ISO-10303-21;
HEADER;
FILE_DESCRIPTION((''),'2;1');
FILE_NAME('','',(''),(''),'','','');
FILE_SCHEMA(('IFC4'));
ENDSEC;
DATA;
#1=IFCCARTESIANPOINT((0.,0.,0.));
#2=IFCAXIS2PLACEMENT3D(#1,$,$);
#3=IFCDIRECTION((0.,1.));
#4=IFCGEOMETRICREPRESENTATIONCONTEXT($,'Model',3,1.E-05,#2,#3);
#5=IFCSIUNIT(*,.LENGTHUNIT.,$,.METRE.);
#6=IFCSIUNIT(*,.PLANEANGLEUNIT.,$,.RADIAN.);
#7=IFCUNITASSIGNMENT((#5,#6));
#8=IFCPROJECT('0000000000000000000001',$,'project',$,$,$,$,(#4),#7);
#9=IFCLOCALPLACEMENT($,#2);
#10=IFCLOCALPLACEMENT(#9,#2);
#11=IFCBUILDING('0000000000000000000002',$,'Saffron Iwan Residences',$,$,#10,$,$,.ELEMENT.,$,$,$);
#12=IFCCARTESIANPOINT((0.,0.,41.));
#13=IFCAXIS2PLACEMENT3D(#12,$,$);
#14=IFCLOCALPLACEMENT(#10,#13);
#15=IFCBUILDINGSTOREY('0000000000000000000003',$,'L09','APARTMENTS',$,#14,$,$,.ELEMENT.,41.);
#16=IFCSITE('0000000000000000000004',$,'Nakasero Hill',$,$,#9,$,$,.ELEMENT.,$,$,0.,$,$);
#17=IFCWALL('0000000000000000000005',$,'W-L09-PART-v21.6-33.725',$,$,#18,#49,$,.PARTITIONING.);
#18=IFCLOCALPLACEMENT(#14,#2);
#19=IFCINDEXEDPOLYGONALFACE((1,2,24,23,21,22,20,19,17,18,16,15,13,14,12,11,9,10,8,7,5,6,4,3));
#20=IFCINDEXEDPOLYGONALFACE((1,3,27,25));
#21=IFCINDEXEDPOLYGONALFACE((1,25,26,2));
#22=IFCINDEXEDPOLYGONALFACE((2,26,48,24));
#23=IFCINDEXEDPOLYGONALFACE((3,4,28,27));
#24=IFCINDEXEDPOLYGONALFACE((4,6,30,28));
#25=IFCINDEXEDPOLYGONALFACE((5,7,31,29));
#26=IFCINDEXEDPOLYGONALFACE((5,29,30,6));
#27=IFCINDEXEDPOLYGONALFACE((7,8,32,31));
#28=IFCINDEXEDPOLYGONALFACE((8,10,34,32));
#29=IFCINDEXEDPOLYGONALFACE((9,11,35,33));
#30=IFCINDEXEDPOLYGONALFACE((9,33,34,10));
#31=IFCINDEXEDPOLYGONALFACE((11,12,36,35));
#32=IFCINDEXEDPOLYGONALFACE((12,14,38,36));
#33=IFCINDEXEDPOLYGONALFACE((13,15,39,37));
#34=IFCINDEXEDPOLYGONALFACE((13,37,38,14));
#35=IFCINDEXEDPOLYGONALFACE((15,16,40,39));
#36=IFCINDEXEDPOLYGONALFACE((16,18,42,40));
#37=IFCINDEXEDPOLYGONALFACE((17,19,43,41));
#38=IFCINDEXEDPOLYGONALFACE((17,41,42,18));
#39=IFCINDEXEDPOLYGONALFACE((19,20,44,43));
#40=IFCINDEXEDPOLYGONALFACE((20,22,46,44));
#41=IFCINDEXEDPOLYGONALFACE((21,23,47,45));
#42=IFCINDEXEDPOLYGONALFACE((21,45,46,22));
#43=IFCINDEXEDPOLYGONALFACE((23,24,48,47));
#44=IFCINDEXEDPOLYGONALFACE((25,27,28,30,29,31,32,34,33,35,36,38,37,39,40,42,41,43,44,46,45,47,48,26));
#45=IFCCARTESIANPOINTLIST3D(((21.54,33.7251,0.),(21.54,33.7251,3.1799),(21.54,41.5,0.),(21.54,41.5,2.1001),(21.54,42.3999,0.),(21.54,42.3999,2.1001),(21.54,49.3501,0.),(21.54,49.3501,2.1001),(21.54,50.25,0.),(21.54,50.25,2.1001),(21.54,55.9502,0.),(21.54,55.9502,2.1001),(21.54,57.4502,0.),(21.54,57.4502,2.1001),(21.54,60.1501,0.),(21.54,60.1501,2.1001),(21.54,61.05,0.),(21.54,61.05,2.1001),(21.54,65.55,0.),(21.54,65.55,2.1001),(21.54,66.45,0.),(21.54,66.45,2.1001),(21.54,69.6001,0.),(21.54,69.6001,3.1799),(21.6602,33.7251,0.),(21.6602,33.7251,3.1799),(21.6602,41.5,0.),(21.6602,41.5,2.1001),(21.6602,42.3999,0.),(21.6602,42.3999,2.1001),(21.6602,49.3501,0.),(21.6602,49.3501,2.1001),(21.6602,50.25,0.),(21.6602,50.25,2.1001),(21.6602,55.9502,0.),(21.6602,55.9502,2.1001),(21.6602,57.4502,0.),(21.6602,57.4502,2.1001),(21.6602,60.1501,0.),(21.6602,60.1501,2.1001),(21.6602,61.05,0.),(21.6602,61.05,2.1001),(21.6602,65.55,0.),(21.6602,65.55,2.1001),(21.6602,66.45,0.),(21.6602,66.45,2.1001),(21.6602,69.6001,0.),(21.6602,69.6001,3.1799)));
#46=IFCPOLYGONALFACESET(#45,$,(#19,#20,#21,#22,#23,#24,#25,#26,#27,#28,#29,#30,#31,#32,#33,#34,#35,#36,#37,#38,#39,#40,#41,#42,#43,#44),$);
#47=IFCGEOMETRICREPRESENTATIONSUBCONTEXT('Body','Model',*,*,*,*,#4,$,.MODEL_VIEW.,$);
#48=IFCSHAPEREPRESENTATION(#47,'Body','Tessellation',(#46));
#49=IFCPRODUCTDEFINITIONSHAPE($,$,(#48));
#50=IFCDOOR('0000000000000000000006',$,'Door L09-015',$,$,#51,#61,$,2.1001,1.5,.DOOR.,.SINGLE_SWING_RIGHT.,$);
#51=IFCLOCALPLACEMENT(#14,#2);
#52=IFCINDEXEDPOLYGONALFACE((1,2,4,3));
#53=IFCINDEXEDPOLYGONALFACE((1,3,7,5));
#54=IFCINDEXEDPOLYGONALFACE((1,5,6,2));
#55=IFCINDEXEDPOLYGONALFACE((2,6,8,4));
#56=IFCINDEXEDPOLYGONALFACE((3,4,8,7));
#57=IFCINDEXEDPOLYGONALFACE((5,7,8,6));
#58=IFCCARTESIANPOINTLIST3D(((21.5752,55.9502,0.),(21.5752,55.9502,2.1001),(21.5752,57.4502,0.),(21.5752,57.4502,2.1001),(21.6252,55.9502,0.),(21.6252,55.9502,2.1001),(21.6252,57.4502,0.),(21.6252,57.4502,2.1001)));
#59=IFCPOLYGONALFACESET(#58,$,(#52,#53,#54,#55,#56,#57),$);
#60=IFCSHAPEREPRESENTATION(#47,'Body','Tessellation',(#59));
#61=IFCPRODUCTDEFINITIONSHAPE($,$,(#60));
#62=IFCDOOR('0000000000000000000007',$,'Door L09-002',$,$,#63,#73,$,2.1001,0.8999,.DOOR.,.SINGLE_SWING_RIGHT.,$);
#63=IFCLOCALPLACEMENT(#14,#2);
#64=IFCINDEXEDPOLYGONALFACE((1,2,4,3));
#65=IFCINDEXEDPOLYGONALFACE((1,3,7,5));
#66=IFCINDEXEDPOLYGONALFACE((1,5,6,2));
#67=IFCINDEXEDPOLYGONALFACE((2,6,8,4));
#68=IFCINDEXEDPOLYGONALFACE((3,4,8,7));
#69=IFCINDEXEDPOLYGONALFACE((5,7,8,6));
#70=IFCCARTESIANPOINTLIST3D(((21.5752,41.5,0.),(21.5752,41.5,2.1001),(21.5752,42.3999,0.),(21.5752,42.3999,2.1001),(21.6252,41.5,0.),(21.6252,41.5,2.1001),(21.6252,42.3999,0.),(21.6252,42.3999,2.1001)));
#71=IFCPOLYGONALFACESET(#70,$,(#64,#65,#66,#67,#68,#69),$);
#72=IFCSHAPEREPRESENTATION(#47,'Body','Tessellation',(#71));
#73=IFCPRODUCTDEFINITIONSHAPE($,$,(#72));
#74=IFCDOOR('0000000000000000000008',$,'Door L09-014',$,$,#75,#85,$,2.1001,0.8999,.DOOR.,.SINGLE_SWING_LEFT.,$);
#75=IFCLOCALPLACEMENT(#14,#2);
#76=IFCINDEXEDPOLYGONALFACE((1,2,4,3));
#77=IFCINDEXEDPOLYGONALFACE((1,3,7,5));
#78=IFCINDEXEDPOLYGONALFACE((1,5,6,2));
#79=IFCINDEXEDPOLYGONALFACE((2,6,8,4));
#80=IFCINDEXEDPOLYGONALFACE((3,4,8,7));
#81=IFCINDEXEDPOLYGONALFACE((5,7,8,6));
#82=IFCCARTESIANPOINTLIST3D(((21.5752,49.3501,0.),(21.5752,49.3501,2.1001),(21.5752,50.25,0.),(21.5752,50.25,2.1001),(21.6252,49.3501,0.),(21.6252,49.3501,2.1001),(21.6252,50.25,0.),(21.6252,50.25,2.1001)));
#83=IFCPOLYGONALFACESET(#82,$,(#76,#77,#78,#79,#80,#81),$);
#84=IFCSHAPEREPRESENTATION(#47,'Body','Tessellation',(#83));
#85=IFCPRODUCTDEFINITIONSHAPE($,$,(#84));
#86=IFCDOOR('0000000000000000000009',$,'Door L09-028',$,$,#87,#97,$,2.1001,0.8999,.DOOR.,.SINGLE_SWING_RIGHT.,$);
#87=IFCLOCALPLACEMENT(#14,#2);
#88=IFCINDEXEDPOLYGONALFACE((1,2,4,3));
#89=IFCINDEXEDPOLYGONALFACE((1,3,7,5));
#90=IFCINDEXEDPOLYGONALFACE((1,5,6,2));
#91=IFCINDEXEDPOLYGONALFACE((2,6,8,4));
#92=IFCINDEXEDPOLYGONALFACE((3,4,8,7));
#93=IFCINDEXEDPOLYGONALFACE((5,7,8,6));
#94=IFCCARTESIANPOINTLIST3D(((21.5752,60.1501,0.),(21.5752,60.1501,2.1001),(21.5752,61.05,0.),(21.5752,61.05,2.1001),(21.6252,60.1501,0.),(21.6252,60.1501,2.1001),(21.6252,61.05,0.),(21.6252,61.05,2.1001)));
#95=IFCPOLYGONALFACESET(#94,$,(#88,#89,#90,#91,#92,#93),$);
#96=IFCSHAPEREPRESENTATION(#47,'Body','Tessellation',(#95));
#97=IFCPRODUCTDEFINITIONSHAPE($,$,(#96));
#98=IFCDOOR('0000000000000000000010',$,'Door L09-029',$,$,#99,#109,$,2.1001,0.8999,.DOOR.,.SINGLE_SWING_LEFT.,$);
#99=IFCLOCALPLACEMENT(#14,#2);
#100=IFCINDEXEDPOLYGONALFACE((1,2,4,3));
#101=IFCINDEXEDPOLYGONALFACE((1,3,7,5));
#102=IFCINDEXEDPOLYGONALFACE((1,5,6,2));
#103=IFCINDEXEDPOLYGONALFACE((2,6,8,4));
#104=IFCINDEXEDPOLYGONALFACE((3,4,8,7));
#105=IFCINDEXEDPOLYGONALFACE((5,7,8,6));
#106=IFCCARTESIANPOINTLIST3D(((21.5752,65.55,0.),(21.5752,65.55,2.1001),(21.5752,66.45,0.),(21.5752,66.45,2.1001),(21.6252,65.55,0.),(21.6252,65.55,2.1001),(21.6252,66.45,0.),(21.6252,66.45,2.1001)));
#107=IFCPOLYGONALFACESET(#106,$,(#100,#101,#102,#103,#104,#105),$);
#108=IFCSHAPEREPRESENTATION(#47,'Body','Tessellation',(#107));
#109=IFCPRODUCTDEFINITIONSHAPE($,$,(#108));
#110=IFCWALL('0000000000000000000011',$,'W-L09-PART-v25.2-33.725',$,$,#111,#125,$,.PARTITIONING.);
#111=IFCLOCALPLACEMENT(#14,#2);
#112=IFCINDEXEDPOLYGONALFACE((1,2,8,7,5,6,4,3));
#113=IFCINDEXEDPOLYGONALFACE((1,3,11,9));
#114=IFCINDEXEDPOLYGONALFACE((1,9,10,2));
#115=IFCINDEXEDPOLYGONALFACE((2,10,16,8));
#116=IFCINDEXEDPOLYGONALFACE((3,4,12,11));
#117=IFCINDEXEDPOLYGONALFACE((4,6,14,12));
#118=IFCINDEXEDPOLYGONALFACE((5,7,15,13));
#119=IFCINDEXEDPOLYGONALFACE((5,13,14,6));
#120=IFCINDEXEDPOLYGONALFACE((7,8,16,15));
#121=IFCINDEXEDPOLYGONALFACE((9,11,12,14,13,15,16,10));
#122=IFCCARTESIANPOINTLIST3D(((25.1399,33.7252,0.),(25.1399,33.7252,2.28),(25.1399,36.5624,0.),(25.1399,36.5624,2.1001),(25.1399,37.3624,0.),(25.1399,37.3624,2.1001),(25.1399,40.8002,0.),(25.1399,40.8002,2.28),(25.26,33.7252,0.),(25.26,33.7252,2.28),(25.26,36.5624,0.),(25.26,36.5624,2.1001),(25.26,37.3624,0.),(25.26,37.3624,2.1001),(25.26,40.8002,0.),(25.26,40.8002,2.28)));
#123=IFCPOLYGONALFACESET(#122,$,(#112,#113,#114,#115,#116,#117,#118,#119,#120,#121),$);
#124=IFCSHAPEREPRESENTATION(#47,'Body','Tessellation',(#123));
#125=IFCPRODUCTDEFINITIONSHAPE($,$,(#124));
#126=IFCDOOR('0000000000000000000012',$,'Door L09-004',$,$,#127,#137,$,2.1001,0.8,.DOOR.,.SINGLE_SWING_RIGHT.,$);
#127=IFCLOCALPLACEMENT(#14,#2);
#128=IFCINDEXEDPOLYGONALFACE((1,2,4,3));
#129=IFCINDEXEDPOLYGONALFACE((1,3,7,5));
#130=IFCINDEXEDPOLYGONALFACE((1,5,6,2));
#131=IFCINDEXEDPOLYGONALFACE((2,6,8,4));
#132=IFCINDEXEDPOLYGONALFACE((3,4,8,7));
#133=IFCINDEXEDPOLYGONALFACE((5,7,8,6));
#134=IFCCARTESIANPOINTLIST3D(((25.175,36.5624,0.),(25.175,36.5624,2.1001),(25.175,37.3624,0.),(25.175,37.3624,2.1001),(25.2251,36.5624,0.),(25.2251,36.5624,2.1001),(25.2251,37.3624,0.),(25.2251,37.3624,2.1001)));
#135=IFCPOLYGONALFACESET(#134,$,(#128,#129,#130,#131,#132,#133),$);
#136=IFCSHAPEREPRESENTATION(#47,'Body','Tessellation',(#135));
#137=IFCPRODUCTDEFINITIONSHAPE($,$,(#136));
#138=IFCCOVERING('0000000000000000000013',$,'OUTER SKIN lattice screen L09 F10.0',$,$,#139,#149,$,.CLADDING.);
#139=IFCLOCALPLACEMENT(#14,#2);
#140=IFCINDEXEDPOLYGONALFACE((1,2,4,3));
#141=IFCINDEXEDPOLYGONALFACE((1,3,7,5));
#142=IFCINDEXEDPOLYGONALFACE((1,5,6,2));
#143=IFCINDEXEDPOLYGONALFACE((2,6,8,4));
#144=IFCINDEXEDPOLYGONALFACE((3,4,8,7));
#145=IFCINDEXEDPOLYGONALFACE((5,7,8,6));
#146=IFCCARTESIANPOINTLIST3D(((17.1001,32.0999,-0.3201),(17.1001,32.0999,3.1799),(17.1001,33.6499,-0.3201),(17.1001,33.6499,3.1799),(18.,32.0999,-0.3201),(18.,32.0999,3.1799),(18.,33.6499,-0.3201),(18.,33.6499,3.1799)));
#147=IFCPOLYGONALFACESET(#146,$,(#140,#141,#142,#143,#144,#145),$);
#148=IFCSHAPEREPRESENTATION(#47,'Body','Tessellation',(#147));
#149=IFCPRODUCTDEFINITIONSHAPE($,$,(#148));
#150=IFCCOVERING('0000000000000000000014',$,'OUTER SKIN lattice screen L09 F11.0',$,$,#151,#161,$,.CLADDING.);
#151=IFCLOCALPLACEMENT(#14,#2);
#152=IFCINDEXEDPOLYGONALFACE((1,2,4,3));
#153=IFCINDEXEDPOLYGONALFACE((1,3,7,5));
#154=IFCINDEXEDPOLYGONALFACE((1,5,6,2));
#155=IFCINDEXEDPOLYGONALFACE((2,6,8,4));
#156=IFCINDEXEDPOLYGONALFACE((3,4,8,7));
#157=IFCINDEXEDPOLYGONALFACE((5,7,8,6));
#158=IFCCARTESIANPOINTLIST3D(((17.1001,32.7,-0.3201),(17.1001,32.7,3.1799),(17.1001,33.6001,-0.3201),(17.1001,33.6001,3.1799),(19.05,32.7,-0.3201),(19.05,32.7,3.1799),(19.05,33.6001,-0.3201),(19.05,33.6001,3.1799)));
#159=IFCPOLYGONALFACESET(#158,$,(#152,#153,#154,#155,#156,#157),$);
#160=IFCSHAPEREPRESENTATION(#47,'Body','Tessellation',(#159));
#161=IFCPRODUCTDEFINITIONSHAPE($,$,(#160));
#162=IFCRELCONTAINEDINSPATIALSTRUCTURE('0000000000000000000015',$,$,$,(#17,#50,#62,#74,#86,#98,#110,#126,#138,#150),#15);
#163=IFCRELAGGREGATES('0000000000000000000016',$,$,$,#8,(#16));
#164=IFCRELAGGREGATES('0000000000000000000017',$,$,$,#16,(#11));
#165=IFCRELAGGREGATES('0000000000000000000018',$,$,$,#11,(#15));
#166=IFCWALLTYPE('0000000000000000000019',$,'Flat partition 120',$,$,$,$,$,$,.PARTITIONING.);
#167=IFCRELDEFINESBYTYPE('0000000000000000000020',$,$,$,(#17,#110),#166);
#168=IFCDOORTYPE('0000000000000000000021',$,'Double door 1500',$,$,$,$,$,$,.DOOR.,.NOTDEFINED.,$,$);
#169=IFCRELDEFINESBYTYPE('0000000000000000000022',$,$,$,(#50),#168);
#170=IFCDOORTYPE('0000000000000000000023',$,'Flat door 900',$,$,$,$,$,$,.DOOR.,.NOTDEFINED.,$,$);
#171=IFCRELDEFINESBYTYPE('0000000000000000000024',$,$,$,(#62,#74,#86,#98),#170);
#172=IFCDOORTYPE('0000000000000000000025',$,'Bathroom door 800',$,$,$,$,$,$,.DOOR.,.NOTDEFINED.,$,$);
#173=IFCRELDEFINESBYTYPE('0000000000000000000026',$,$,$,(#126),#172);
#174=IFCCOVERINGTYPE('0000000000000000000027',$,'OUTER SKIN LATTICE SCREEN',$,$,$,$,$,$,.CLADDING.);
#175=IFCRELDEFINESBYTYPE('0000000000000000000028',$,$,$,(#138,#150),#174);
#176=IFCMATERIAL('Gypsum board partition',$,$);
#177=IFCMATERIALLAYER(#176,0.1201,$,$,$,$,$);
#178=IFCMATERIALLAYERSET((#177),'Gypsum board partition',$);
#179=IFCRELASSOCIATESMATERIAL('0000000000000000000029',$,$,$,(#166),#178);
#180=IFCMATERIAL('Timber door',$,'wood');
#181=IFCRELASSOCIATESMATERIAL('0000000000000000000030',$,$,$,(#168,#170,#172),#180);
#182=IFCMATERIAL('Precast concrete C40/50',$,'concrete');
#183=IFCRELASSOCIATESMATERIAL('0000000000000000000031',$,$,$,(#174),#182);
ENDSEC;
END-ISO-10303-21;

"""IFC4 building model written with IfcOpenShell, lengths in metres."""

from ifc_helpers import new_model, si_unit, direction, frame, frame_2d, origin, place, context, subcontext, project, spatial, polyline, rectangle, outline, extrude, material, layer, layer_set, type_object, element, fill, save


model = new_model("IFC4")

# Units and contexts
model_context = context("Model", 3, precision=1e-05, world=origin(), true_north=direction((0.0, 1.0)))
body_context = subcontext(model_context, "Body", "Model", "MODEL_VIEW")
ifc_project = project(units=[si_unit("LENGTHUNIT", "METRE"), si_unit("PLANEANGLEUNIT", "RADIAN")], contexts=[model_context])

# Site, building, storey
site_placement = place(None, origin())
site = spatial("IfcSite", under=ifc_project, at=site_placement, Name="Nakasero Hill", CompositionType="ELEMENT", RefElevation=0.0)
building_placement = place(site_placement, origin())
building = spatial("IfcBuilding", under=site, at=building_placement, Name="Saffron Iwan Residences", CompositionType="ELEMENT")
storey_placement = place(building_placement, frame((0.0, 0.0, 41.0)))
storey = spatial("IfcBuildingStorey", under=building, at=storey_placement, Name="L09", Description="APARTMENTS", CompositionType="ELEMENT", Elevation=41.0)

# Wall, openings, doors
ifc_material_1 = material(Name="Gypsum board partition")
ifc_layer_1 = layer(ifc_material_1, 0.1201)
ifc_layer_set_1 = layer_set([ifc_layer_1], Name="Gypsum board partition")
wall_type_1 = type_object("IfcWallType", Name="Flat partition 120", PredefinedType="PARTITIONING", material=ifc_layer_set_1)
wall_1_placement = place(storey_placement, frame((21.6001, 33.7251, 0.0), z_axis=(0.0, 0.0, 1.0), x_axis=(0.0, 1.0, 0.0)))
wall_1 = element("IfcWall", 1, at=wall_1_placement, inside=storey, type_object=wall_type_1, Name="W-L09-PART-v21.6-33.725", PredefinedType="PARTITIONING", context=body_context, shape_type="SweptSolid", body=[
    extrude(rectangle(XDim=35.875, YDim=0.1201, at=frame_2d((17.9375, 0.0))), origin(), (0.0, 0.0, 1.0), 3.1799),
])
opening_1_placement = place(wall_1_placement, frame((7.7749, 0.0, 0.0)))
opening_1 = element("IfcOpeningElement", 2, at=opening_1_placement, cuts=wall_1, PredefinedType="OPENING", context=body_context, shape_type="SweptSolid", body=[
    extrude(rectangle(XDim=0.8999, YDim=2.1001, at=frame_2d((0.45, 1.05))), frame((0.0, 0.0701, 0.0), z_axis=(0.0, -1.0, 0.0), x_axis=(1.0, 0.0, 0.0)), (0.0, 0.0, 1.0), 0.1401),
])
opening_2_placement = place(wall_1_placement, frame((15.625, 0.0, 0.0)))
opening_2 = element("IfcOpeningElement", 3, at=opening_2_placement, cuts=wall_1, PredefinedType="OPENING", context=body_context, shape_type="SweptSolid", body=[
    extrude(rectangle(XDim=0.8999, YDim=2.1001, at=frame_2d((0.45, 1.05))), frame((0.0, 0.0701, 0.0), z_axis=(0.0, -1.0, 0.0), x_axis=(1.0, 0.0, 0.0)), (0.0, 0.0, 1.0), 0.1401),
])
opening_3_placement = place(wall_1_placement, frame((22.2251, 0.0, 0.0)))
opening_3 = element("IfcOpeningElement", 4, at=opening_3_placement, cuts=wall_1, PredefinedType="OPENING", context=body_context, shape_type="SweptSolid", body=[
    extrude(rectangle(XDim=1.5, YDim=2.1001, at=frame_2d((0.75, 1.05))), frame((0.0, 0.0701, 0.0), z_axis=(0.0, -1.0, 0.0), x_axis=(1.0, 0.0, 0.0)), (0.0, 0.0, 1.0), 0.1401),
])
opening_4_placement = place(wall_1_placement, frame((26.425, 0.0, 0.0)))
opening_4 = element("IfcOpeningElement", 5, at=opening_4_placement, cuts=wall_1, PredefinedType="OPENING", context=body_context, shape_type="SweptSolid", body=[
    extrude(rectangle(XDim=0.8999, YDim=2.1001, at=frame_2d((0.45, 1.05))), frame((0.0, 0.0701, 0.0), z_axis=(0.0, -1.0, 0.0), x_axis=(1.0, 0.0, 0.0)), (0.0, 0.0, 1.0), 0.1401),
])
opening_5_placement = place(wall_1_placement, frame((31.825, 0.0, 0.0)))
opening_5 = element("IfcOpeningElement", 6, at=opening_5_placement, cuts=wall_1, PredefinedType="OPENING", context=body_context, shape_type="SweptSolid", body=[
    extrude(rectangle(XDim=0.8999, YDim=2.1001, at=frame_2d((0.45, 1.05))), frame((0.0, 0.0701, 0.0), z_axis=(0.0, -1.0, 0.0), x_axis=(1.0, 0.0, 0.0)), (0.0, 0.0, 1.0), 0.1401),
])
ifc_material_2 = material(Name="Timber door", Category="wood")
door_type_1 = type_object("IfcDoorType", Name="Double door 1500", OperationType="NOTDEFINED", PredefinedType="DOOR", material=ifc_material_2)
door_1_placement = place(opening_3_placement, origin())
door_1 = element("IfcDoor", 7, at=door_1_placement, inside=storey, type_object=door_type_1, Name="Door L09-015", OperationType="SINGLE_SWING_RIGHT", OverallHeight=2.1001, OverallWidth=1.5, PredefinedType="DOOR", context=body_context, shape_type="SweptSolid", body=[
    extrude(rectangle(XDim=1.5, YDim=2.1001, at=frame_2d((0.75, 1.05))), frame((0.0, 0.0249, 0.0), z_axis=(0.0, -1.0, 0.0), x_axis=(1.0, 0.0, 0.0)), (0.0, 0.0, 1.0), 0.05),
])
fill(opening_3, door_1)
door_type_2 = type_object("IfcDoorType", Name="Flat door 900", OperationType="NOTDEFINED", PredefinedType="DOOR", material=ifc_material_2)
door_2_placement = place(opening_1_placement, origin())
door_2 = element("IfcDoor", 8, at=door_2_placement, inside=storey, type_object=door_type_2, Name="Door L09-002", OperationType="SINGLE_SWING_RIGHT", OverallHeight=2.1001, OverallWidth=0.8999, PredefinedType="DOOR", context=body_context, shape_type="SweptSolid", body=[
    extrude(rectangle(XDim=0.8999, YDim=2.1001, at=frame_2d((0.45, 1.05))), frame((0.0, 0.0249, 0.0), z_axis=(0.0, -1.0, 0.0), x_axis=(1.0, 0.0, 0.0)), (0.0, 0.0, 1.0), 0.05),
])
fill(opening_1, door_2)
door_3_placement = place(opening_2_placement, origin())
door_3 = element("IfcDoor", 9, at=door_3_placement, inside=storey, type_object=door_type_2, Name="Door L09-014", OperationType="SINGLE_SWING_LEFT", OverallHeight=2.1001, OverallWidth=0.8999, PredefinedType="DOOR", context=body_context, shape_type="SweptSolid", body=[
    extrude(rectangle(XDim=0.8999, YDim=2.1001, at=frame_2d((0.45, 1.05))), frame((0.0, 0.0249, 0.0), z_axis=(0.0, -1.0, 0.0), x_axis=(1.0, 0.0, 0.0)), (0.0, 0.0, 1.0), 0.05),
])
fill(opening_2, door_3)
door_4_placement = place(opening_4_placement, origin())
door_4 = element("IfcDoor", 10, at=door_4_placement, inside=storey, type_object=door_type_2, Name="Door L09-028", OperationType="SINGLE_SWING_RIGHT", OverallHeight=2.1001, OverallWidth=0.8999, PredefinedType="DOOR", context=body_context, shape_type="SweptSolid", body=[
    extrude(rectangle(XDim=0.8999, YDim=2.1001, at=frame_2d((0.45, 1.05))), frame((0.0, 0.0249, 0.0), z_axis=(0.0, -1.0, 0.0), x_axis=(1.0, 0.0, 0.0)), (0.0, 0.0, 1.0), 0.05),
])
fill(opening_4, door_4)
door_5_placement = place(opening_5_placement, origin())
door_5 = element("IfcDoor", 11, at=door_5_placement, inside=storey, type_object=door_type_2, Name="Door L09-029", OperationType="SINGLE_SWING_LEFT", OverallHeight=2.1001, OverallWidth=0.8999, PredefinedType="DOOR", context=body_context, shape_type="SweptSolid", body=[
    extrude(rectangle(XDim=0.8999, YDim=2.1001, at=frame_2d((0.45, 1.05))), frame((0.0, 0.0249, 0.0), z_axis=(0.0, -1.0, 0.0), x_axis=(1.0, 0.0, 0.0)), (0.0, 0.0, 1.0), 0.05),
])
fill(opening_5, door_5)

# Wall, opening, door
wall_2_placement = place(storey_placement, frame((25.2, 33.7251, 0.0), z_axis=(0.0, 0.0, 1.0), x_axis=(0.0, 1.0, 0.0)))
wall_2 = element("IfcWall", 12, at=wall_2_placement, inside=storey, type_object=wall_type_1, Name="W-L09-PART-v25.2-33.725", PredefinedType="PARTITIONING", context=body_context, shape_type="SweptSolid", body=[
    extrude(rectangle(XDim=7.075, YDim=0.1201, at=frame_2d((3.5376, 0.0))), origin(), (0.0, 0.0, 1.0), 2.28),
])
opening_6_placement = place(wall_2_placement, frame((2.8374, 0.0, 0.0)))
opening_6 = element("IfcOpeningElement", 13, at=opening_6_placement, cuts=wall_2, PredefinedType="OPENING", context=body_context, shape_type="SweptSolid", body=[
    extrude(rectangle(XDim=0.8, YDim=2.1001, at=frame_2d((0.3999, 1.05))), frame((0.0, 0.0701, 0.0), z_axis=(0.0, -1.0, 0.0), x_axis=(1.0, 0.0, 0.0)), (0.0, 0.0, 1.0), 0.1401),
])
door_type_3 = type_object("IfcDoorType", Name="Bathroom door 800", OperationType="NOTDEFINED", PredefinedType="DOOR", material=ifc_material_2)
door_6_placement = place(opening_6_placement, origin())
door_6 = element("IfcDoor", 14, at=door_6_placement, inside=storey, type_object=door_type_3, Name="Door L09-004", OperationType="SINGLE_SWING_RIGHT", OverallHeight=2.1001, OverallWidth=0.8, PredefinedType="DOOR", context=body_context, shape_type="SweptSolid", body=[
    extrude(rectangle(XDim=0.8, YDim=2.1001, at=frame_2d((0.3999, 1.05))), frame((0.0, 0.0249, 0.0), z_axis=(0.0, -1.0, 0.0), x_axis=(1.0, 0.0, 0.0)), (0.0, 0.0, 1.0), 0.05),
])
fill(opening_6, door_6)

# Coverings
ifc_material_3 = material(Name="Precast concrete C40/50", Category="concrete")
covering_type_1 = type_object("IfcCoveringType", Name="OUTER SKIN LATTICE SCREEN", PredefinedType="CLADDING", material=ifc_material_3)
covering_1_placement = place(storey_placement, frame((18.0, 33.6499, -0.3201), z_axis=(-1.0, 0.0, 0.0), x_axis=(0.0, -1.0, 0.0)))
element("IfcCovering", 15, at=covering_1_placement, inside=storey, type_object=covering_type_1, Name="OUTER SKIN lattice screen L09 F10.0", PredefinedType="CLADDING", context=body_context, shape_type="SweptSolid", body=[
    extrude(outline(polyline([(0.0, 0.0), (1.55, 0.0), (1.55, 3.5), (0.0, 3.5), (0.0, 0.0)])), origin(), (0.0, 0.0, 1.0), 0.8999),
])
covering_2_placement = place(storey_placement, frame((17.1001, 33.6001, -0.3201), z_axis=(0.0, -1.0, 0.0), x_axis=(1.0, 0.0, 0.0)))
element("IfcCovering", 16, at=covering_2_placement, inside=storey, type_object=covering_type_1, Name="OUTER SKIN lattice screen L09 F11.0", PredefinedType="CLADDING", context=body_context, shape_type="SweptSolid", body=[
    extrude(outline(polyline([(0.0, 0.0), (1.95, 0.0), (1.95, 3.5), (0.0, 3.5), (0.0, 0.0)])), origin(), (0.0, 0.0, 1.0), 0.9001),
])

save(model, "model.ifc")
